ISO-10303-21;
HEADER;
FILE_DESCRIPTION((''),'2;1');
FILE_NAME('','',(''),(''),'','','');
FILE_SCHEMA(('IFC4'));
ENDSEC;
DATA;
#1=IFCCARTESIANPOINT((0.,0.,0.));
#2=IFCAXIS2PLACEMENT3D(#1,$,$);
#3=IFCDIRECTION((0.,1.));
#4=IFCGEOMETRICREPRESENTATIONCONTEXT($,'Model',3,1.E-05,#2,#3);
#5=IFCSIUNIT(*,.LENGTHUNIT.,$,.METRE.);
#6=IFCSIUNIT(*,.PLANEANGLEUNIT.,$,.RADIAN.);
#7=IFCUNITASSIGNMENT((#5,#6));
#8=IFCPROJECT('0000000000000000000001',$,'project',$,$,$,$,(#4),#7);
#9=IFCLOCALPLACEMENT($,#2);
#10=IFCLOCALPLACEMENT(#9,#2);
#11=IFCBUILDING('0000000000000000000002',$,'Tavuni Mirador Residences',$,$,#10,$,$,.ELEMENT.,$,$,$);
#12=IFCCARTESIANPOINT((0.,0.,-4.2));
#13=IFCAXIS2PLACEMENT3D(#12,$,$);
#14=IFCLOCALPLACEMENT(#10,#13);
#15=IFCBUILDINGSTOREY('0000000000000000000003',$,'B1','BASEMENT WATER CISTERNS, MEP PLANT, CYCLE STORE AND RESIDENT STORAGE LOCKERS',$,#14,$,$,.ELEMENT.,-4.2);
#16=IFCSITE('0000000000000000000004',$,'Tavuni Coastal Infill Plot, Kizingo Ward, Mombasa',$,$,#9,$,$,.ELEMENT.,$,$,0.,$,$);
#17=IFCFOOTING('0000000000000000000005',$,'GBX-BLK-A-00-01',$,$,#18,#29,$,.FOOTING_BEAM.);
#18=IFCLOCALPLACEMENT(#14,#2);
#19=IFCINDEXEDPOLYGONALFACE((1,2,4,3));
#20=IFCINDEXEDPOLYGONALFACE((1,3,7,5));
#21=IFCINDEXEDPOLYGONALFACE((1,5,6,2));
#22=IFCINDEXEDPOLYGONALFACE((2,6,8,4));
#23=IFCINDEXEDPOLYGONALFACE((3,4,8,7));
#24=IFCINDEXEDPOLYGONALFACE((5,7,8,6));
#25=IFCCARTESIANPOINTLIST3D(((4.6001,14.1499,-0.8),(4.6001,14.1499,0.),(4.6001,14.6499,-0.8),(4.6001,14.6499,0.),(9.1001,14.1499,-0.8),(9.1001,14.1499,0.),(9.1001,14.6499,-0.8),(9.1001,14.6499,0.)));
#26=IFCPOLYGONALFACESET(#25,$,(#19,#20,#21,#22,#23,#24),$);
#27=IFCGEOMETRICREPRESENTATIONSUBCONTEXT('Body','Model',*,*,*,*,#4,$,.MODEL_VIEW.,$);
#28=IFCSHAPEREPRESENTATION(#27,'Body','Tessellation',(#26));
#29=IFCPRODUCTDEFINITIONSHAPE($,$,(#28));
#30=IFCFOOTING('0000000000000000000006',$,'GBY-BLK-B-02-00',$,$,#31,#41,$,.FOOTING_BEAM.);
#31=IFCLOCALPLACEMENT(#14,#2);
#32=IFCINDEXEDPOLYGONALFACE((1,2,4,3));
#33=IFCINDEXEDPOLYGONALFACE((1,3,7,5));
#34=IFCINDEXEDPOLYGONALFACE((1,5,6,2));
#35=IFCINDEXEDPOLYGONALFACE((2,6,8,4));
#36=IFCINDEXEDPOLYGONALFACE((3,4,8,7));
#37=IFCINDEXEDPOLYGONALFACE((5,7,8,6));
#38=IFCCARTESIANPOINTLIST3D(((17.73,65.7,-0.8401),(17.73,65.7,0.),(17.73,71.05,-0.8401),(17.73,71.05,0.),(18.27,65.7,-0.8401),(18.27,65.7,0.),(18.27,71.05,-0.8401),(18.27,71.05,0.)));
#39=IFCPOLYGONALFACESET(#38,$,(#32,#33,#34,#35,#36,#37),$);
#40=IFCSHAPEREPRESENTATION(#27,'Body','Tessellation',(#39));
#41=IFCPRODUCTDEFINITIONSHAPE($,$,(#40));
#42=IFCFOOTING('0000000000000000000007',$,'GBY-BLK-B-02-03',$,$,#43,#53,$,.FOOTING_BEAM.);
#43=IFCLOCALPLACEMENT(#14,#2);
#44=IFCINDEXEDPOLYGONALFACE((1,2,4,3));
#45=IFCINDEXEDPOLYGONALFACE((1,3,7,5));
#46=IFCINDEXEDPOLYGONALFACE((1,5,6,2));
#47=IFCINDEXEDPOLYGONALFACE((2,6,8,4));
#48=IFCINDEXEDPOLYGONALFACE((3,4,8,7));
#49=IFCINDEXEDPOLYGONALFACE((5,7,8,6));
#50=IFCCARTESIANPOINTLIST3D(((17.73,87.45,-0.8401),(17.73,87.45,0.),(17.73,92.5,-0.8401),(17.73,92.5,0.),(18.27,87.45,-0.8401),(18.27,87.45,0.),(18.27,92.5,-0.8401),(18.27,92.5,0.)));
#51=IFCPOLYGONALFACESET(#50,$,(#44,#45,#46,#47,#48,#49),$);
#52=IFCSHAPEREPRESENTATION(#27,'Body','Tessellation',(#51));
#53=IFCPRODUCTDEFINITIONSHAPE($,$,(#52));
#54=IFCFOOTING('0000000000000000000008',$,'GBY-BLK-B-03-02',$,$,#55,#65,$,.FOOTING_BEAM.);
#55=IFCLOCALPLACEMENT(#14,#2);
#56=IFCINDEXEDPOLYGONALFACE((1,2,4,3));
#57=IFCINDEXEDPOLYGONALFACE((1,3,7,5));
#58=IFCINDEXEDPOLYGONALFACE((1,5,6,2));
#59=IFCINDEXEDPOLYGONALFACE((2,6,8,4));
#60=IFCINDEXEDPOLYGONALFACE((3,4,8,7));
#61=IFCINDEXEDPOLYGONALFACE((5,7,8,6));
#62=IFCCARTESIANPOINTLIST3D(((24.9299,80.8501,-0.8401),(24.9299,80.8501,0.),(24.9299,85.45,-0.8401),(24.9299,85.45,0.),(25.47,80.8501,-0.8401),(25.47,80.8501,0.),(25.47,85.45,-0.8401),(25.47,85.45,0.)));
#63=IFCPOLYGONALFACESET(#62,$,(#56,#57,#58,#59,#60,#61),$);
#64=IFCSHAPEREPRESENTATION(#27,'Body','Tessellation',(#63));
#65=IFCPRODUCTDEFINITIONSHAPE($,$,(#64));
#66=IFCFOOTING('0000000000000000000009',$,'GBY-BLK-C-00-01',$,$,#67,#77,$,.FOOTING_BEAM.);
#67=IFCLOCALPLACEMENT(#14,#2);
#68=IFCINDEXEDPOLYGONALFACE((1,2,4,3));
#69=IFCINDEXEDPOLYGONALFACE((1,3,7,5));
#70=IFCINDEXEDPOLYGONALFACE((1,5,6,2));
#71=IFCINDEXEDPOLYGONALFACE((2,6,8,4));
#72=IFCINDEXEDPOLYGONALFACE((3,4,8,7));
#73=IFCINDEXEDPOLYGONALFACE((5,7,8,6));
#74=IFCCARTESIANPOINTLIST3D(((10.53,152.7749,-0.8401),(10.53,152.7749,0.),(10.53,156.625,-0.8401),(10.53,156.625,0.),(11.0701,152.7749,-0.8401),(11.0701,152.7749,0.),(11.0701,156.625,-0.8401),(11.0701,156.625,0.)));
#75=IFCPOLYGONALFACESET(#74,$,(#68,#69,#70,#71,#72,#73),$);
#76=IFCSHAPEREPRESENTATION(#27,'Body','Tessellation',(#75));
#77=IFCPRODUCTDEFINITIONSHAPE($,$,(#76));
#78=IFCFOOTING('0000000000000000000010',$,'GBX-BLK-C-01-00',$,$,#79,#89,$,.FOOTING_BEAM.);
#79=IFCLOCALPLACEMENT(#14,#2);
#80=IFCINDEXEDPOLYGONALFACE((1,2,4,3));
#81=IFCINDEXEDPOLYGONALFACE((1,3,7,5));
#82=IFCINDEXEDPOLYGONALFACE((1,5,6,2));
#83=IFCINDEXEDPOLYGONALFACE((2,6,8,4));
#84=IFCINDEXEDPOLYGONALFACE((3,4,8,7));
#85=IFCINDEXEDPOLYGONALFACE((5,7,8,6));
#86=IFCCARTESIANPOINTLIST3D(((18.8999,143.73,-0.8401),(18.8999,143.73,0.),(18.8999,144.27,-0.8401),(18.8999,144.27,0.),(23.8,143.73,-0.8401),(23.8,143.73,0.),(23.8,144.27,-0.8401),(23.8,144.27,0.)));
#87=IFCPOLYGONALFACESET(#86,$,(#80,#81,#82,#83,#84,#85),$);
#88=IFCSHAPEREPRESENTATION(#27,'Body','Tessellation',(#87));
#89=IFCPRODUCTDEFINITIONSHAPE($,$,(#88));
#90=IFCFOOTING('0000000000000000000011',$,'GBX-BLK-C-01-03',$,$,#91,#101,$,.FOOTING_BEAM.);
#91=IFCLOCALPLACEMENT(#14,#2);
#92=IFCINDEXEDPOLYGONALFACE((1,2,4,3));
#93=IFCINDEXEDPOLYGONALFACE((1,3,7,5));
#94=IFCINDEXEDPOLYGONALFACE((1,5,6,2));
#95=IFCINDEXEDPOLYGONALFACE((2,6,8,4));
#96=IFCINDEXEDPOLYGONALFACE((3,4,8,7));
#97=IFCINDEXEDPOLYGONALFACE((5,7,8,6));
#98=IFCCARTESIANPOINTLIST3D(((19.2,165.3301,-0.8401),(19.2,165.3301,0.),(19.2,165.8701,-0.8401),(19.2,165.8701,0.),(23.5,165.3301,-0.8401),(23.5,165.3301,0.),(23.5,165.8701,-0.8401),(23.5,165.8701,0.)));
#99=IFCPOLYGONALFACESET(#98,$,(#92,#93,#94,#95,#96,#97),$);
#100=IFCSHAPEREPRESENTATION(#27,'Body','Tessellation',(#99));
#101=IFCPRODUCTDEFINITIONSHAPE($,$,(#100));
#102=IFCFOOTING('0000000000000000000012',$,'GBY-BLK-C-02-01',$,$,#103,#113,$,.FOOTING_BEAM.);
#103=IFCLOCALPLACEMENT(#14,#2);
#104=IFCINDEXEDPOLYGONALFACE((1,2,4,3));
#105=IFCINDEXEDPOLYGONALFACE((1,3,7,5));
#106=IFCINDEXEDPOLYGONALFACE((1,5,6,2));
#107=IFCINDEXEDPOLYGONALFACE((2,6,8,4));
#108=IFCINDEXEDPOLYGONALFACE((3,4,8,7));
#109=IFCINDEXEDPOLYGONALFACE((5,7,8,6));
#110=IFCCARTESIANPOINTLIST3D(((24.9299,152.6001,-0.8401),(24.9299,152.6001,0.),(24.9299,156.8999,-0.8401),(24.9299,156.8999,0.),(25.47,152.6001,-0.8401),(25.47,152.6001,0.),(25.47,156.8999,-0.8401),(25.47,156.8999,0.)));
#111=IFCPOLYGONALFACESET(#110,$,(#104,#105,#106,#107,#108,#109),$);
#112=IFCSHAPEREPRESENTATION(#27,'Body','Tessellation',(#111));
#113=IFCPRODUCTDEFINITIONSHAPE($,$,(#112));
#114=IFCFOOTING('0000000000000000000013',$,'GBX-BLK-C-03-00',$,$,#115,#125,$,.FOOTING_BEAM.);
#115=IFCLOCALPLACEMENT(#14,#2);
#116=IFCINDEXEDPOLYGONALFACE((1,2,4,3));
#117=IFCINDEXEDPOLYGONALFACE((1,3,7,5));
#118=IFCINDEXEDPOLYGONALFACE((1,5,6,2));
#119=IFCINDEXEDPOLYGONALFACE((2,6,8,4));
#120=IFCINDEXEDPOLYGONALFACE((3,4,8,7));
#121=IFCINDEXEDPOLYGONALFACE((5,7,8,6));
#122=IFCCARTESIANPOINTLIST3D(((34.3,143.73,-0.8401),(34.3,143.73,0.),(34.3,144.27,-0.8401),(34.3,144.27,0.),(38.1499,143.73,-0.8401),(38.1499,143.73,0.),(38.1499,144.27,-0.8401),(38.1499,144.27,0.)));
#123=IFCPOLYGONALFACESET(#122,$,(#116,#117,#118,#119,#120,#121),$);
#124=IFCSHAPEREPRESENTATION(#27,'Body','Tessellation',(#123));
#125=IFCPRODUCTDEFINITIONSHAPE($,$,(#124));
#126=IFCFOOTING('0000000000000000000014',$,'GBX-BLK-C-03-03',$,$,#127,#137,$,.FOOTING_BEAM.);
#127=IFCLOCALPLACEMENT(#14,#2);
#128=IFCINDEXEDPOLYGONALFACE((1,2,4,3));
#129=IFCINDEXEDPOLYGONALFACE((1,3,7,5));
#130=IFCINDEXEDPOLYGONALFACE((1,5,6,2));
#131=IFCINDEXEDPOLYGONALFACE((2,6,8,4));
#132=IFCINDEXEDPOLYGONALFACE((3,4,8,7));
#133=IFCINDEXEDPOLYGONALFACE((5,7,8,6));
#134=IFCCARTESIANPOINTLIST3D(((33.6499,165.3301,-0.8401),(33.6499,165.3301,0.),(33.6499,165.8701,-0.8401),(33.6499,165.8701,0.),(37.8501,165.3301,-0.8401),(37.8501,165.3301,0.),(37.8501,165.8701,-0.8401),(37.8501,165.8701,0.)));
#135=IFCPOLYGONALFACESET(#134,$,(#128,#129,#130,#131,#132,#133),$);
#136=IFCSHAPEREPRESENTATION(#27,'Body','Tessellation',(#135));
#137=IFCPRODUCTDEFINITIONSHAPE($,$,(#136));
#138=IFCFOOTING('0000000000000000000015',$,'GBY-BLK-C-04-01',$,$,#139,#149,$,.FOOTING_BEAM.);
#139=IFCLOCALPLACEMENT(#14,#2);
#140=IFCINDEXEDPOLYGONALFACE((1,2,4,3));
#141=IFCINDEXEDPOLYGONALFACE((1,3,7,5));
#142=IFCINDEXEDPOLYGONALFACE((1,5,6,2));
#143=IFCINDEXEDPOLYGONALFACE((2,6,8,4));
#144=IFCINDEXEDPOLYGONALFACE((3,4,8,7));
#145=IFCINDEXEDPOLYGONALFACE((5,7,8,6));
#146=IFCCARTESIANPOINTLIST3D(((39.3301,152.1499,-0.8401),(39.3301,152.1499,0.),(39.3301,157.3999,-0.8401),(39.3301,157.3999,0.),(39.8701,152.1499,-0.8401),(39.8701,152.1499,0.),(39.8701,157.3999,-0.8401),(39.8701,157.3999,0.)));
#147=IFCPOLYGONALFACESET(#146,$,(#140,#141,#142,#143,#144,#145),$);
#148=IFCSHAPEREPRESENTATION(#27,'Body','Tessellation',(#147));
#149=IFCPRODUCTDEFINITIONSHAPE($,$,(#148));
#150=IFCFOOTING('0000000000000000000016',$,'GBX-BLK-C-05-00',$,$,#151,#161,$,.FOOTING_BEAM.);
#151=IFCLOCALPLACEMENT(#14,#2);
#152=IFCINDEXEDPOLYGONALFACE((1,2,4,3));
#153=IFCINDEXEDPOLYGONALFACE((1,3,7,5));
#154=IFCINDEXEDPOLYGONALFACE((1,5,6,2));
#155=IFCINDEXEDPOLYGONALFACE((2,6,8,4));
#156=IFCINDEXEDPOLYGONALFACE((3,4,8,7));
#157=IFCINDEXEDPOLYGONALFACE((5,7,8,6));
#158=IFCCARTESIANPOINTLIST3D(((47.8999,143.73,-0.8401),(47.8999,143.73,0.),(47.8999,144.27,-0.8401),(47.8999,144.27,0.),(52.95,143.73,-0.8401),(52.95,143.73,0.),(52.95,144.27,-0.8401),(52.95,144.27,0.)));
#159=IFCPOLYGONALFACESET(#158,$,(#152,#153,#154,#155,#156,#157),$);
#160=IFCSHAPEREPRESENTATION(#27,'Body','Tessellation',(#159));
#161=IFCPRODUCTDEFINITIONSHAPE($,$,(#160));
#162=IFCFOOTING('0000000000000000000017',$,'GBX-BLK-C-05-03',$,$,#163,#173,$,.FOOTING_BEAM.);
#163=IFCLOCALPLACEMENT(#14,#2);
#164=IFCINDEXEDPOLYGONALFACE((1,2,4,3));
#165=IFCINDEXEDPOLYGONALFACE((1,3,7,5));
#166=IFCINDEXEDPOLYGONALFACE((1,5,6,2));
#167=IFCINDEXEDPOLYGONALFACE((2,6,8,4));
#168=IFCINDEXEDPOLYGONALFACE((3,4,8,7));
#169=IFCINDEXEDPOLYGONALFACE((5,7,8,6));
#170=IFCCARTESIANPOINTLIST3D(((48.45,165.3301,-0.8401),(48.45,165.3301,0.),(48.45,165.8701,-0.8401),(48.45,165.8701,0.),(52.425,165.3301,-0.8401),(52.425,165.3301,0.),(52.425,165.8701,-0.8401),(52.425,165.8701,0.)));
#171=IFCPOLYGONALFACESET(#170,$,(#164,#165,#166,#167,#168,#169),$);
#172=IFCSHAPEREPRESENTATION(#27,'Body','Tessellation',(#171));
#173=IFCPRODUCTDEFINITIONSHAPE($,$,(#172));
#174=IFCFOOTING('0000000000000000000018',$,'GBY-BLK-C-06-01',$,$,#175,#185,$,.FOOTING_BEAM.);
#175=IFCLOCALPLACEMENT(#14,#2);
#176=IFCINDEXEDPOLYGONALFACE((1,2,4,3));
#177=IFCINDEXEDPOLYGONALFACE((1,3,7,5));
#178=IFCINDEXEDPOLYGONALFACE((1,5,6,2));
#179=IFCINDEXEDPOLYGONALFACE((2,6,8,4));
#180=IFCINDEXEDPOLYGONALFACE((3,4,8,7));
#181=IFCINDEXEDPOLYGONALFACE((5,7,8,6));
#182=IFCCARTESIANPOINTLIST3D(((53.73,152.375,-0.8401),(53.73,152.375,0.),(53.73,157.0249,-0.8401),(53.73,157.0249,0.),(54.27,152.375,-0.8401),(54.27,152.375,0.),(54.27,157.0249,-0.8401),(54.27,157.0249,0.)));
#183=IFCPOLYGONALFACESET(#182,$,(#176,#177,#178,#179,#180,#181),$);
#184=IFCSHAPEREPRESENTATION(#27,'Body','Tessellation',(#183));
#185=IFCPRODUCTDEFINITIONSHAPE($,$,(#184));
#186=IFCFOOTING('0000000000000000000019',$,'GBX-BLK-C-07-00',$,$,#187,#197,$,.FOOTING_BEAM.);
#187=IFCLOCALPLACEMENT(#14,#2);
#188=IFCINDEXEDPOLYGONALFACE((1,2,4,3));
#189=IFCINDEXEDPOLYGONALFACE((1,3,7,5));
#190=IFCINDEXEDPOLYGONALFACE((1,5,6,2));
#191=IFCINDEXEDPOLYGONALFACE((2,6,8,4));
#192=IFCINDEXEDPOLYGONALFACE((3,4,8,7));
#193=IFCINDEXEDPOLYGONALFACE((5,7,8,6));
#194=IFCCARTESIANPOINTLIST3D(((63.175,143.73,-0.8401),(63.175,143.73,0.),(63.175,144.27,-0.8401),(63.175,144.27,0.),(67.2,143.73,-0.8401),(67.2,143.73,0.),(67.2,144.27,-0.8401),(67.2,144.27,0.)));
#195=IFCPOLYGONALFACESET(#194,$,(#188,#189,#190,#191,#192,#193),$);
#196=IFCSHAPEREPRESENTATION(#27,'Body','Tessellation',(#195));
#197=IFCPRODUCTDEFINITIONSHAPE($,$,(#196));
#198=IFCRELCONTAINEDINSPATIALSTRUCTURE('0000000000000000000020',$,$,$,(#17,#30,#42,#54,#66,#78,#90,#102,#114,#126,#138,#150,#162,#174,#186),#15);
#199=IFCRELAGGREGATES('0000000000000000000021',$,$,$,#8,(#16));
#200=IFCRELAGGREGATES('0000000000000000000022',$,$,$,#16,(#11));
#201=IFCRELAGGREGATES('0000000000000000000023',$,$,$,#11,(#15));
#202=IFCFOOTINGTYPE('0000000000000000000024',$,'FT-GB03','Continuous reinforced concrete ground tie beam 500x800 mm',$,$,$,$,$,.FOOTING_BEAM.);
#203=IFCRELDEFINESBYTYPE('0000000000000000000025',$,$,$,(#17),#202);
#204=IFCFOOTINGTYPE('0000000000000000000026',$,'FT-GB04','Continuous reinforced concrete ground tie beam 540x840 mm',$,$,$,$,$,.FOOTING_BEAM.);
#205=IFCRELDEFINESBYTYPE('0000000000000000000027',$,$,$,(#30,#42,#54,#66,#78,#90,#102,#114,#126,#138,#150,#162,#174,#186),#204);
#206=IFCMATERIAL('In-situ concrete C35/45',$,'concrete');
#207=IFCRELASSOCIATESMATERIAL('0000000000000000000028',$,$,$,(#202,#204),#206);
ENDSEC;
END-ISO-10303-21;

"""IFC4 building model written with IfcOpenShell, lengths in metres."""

from ifc_helpers import new_model, si_unit, direction, frame, origin, place, context, subcontext, project, spatial, polyline, outline, extrude, material, type_object, element, save


model = new_model("IFC4")

# Units and contexts
model_context = context("Model", 3, precision=1e-05, world=origin(), true_north=direction((0.0, 1.0)))
body_context = subcontext(model_context, "Body", "Model", "MODEL_VIEW")
ifc_project = project(units=[si_unit("LENGTHUNIT", "METRE"), si_unit("PLANEANGLEUNIT", "RADIAN")], contexts=[model_context])

# Site, building, storey
site_placement = place(None, origin())
site = spatial("IfcSite", under=ifc_project, at=site_placement, Name="Tavuni Coastal Infill Plot, Kizingo Ward, Mombasa", CompositionType="ELEMENT", RefElevation=0.0)
building_placement = place(site_placement, origin())
building = spatial("IfcBuilding", under=site, at=building_placement, Name="Tavuni Mirador Residences", CompositionType="ELEMENT")
storey_placement = place(building_placement, frame((0.0, 0.0, -4.2)))
storey = spatial("IfcBuildingStorey", under=building, at=storey_placement, Name="B1", Description="BASEMENT WATER CISTERNS, MEP PLANT, CYCLE STORE AND RESIDENT STORAGE LOCKERS", CompositionType="ELEMENT", Elevation=-4.2)

# Footings
ifc_material = material(Name="In-situ concrete C35/45", Category="concrete")
footing_type_1 = type_object("IfcFootingType", Name="FT-GB03", Description="Continuous reinforced concrete ground tie beam 500x800 mm", PredefinedType="FOOTING_BEAM", material=ifc_material)
footing_1_placement = place(storey_placement, frame((0.0, 0.0, -0.8)))
element("IfcFooting", 1, at=footing_1_placement, inside=storey, type_object=footing_type_1, Name="GBX-BLK-A-00-01", PredefinedType="FOOTING_BEAM", context=body_context, shape_type="SweptSolid", body=[
    extrude(outline(polyline([(4.6001, 14.1499), (9.1001, 14.1499), (9.1001, 14.6499), (4.6001, 14.6499), (4.6001, 14.1499)])), origin(), (0.0, 0.0, 1.0), 0.8),
])
footing_type_2 = type_object("IfcFootingType", Name="FT-GB04", Description="Continuous reinforced concrete ground tie beam 540x840 mm", PredefinedType="FOOTING_BEAM", material=ifc_material)
footing_2_placement = place(storey_placement, frame((0.0, 0.0, -0.8401)))
element("IfcFooting", 2, at=footing_2_placement, inside=storey, type_object=footing_type_2, Name="GBY-BLK-B-02-00", PredefinedType="FOOTING_BEAM", context=body_context, shape_type="SweptSolid", body=[
    extrude(outline(polyline([(17.73, 65.7), (18.27, 65.7), (18.27, 71.05), (17.73, 71.05), (17.73, 65.7)])), origin(), (0.0, 0.0, 1.0), 0.8401),
])
footing_3_placement = place(storey_placement, frame((0.0, 0.0, -0.8401)))
element("IfcFooting", 3, at=footing_3_placement, inside=storey, type_object=footing_type_2, Name="GBY-BLK-B-02-03", PredefinedType="FOOTING_BEAM", context=body_context, shape_type="SweptSolid", body=[
    extrude(outline(polyline([(17.73, 87.45), (18.27, 87.45), (18.27, 92.5), (17.73, 92.5), (17.73, 87.45)])), origin(), (0.0, 0.0, 1.0), 0.8401),
])
footing_4_placement = place(storey_placement, frame((0.0, 0.0, -0.8401)))
element("IfcFooting", 4, at=footing_4_placement, inside=storey, type_object=footing_type_2, Name="GBY-BLK-B-03-02", PredefinedType="FOOTING_BEAM", context=body_context, shape_type="SweptSolid", body=[
    extrude(outline(polyline([(24.9299, 80.8501), (25.47, 80.8501), (25.47, 85.45), (24.9299, 85.45), (24.9299, 80.8501)])), origin(), (0.0, 0.0, 1.0), 0.8401),
])
footing_5_placement = place(storey_placement, frame((0.0, 0.0, -0.8401)))
element("IfcFooting", 5, at=footing_5_placement, inside=storey, type_object=footing_type_2, Name="GBY-BLK-C-00-01", PredefinedType="FOOTING_BEAM", context=body_context, shape_type="SweptSolid", body=[
    extrude(outline(polyline([(10.53, 152.7749), (11.0701, 152.7749), (11.0701, 156.625), (10.53, 156.625), (10.53, 152.7749)])), origin(), (0.0, 0.0, 1.0), 0.8401),
])
footing_6_placement = place(storey_placement, frame((0.0, 0.0, -0.8401)))
element("IfcFooting", 6, at=footing_6_placement, inside=storey, type_object=footing_type_2, Name="GBX-BLK-C-01-00", PredefinedType="FOOTING_BEAM", context=body_context, shape_type="SweptSolid", body=[
    extrude(outline(polyline([(18.8999, 143.73), (23.8, 143.73), (23.8, 144.27), (18.8999, 144.27), (18.8999, 143.73)])), origin(), (0.0, 0.0, 1.0), 0.8401),
])
footing_7_placement = place(storey_placement, frame((0.0, 0.0, -0.8401)))
element("IfcFooting", 7, at=footing_7_placement, inside=storey, type_object=footing_type_2, Name="GBX-BLK-C-01-03", PredefinedType="FOOTING_BEAM", context=body_context, shape_type="SweptSolid", body=[
    extrude(outline(polyline([(19.2, 165.3301), (23.5, 165.3301), (23.5, 165.8701), (19.2, 165.8701), (19.2, 165.3301)])), origin(), (0.0, 0.0, 1.0), 0.8401),
])
footing_8_placement = place(storey_placement, frame((0.0, 0.0, -0.8401)))
element("IfcFooting", 8, at=footing_8_placement, inside=storey, type_object=footing_type_2, Name="GBY-BLK-C-02-01", PredefinedType="FOOTING_BEAM", context=body_context, shape_type="SweptSolid", body=[
    extrude(outline(polyline([(24.9299, 152.6001), (25.47, 152.6001), (25.47, 156.8999), (24.9299, 156.8999), (24.9299, 152.6001)])), origin(), (0.0, 0.0, 1.0), 0.8401),
])
footing_9_placement = place(storey_placement, frame((0.0, 0.0, -0.8401)))
element("IfcFooting", 9, at=footing_9_placement, inside=storey, type_object=footing_type_2, Name="GBX-BLK-C-03-00", PredefinedType="FOOTING_BEAM", context=body_context, shape_type="SweptSolid", body=[
    extrude(outline(polyline([(34.3, 143.73), (38.1499, 143.73), (38.1499, 144.27), (34.3, 144.27), (34.3, 143.73)])), origin(), (0.0, 0.0, 1.0), 0.8401),
])
footing_10_placement = place(storey_placement, frame((0.0, 0.0, -0.8401)))
element("IfcFooting", 10, at=footing_10_placement, inside=storey, type_object=footing_type_2, Name="GBX-BLK-C-03-03", PredefinedType="FOOTING_BEAM", context=body_context, shape_type="SweptSolid", body=[
    extrude(outline(polyline([(33.6499, 165.3301), (37.8501, 165.3301), (37.8501, 165.8701), (33.6499, 165.8701), (33.6499, 165.3301)])), origin(), (0.0, 0.0, 1.0), 0.8401),
])
footing_11_placement = place(storey_placement, frame((0.0, 0.0, -0.8401)))
element("IfcFooting", 11, at=footing_11_placement, inside=storey, type_object=footing_type_2, Name="GBY-BLK-C-04-01", PredefinedType="FOOTING_BEAM", context=body_context, shape_type="SweptSolid", body=[
    extrude(outline(polyline([(39.3301, 152.1499), (39.8701, 152.1499), (39.8701, 157.3999), (39.3301, 157.3999), (39.3301, 152.1499)])), origin(), (0.0, 0.0, 1.0), 0.8401),
])
footing_12_placement = place(storey_placement, frame((0.0, 0.0, -0.8401)))
element("IfcFooting", 12, at=footing_12_placement, inside=storey, type_object=footing_type_2, Name="GBX-BLK-C-05-00", PredefinedType="FOOTING_BEAM", context=body_context, shape_type="SweptSolid", body=[
    extrude(outline(polyline([(47.8999, 143.73), (52.95, 143.73), (52.95, 144.27), (47.8999, 144.27), (47.8999, 143.73)])), origin(), (0.0, 0.0, 1.0), 0.8401),
])
footing_13_placement = place(storey_placement, frame((0.0, 0.0, -0.8401)))
element("IfcFooting", 13, at=footing_13_placement, inside=storey, type_object=footing_type_2, Name="GBX-BLK-C-05-03", PredefinedType="FOOTING_BEAM", context=body_context, shape_type="SweptSolid", body=[
    extrude(outline(polyline([(48.45, 165.3301), (52.425, 165.3301), (52.425, 165.8701), (48.45, 165.8701), (48.45, 165.3301)])), origin(), (0.0, 0.0, 1.0), 0.8401),
])
footing_14_placement = place(storey_placement, frame((0.0, 0.0, -0.8401)))
element("IfcFooting", 14, at=footing_14_placement, inside=storey, type_object=footing_type_2, Name="GBY-BLK-C-06-01", PredefinedType="FOOTING_BEAM", context=body_context, shape_type="SweptSolid", body=[
    extrude(outline(polyline([(53.73, 152.375), (54.27, 152.375), (54.27, 157.0249), (53.73, 157.0249), (53.73, 152.375)])), origin(), (0.0, 0.0, 1.0), 0.8401),
])
footing_15_placement = place(storey_placement, frame((0.0, 0.0, -0.8401)))
element("IfcFooting", 15, at=footing_15_placement, inside=storey, type_object=footing_type_2, Name="GBX-BLK-C-07-00", PredefinedType="FOOTING_BEAM", context=body_context, shape_type="SweptSolid", body=[
    extrude(outline(polyline([(63.175, 143.73), (67.2, 143.73), (67.2, 144.27), (63.175, 144.27), (63.175, 143.73)])), origin(), (0.0, 0.0, 1.0), 0.8401),
])

save(model, "model.ifc")
